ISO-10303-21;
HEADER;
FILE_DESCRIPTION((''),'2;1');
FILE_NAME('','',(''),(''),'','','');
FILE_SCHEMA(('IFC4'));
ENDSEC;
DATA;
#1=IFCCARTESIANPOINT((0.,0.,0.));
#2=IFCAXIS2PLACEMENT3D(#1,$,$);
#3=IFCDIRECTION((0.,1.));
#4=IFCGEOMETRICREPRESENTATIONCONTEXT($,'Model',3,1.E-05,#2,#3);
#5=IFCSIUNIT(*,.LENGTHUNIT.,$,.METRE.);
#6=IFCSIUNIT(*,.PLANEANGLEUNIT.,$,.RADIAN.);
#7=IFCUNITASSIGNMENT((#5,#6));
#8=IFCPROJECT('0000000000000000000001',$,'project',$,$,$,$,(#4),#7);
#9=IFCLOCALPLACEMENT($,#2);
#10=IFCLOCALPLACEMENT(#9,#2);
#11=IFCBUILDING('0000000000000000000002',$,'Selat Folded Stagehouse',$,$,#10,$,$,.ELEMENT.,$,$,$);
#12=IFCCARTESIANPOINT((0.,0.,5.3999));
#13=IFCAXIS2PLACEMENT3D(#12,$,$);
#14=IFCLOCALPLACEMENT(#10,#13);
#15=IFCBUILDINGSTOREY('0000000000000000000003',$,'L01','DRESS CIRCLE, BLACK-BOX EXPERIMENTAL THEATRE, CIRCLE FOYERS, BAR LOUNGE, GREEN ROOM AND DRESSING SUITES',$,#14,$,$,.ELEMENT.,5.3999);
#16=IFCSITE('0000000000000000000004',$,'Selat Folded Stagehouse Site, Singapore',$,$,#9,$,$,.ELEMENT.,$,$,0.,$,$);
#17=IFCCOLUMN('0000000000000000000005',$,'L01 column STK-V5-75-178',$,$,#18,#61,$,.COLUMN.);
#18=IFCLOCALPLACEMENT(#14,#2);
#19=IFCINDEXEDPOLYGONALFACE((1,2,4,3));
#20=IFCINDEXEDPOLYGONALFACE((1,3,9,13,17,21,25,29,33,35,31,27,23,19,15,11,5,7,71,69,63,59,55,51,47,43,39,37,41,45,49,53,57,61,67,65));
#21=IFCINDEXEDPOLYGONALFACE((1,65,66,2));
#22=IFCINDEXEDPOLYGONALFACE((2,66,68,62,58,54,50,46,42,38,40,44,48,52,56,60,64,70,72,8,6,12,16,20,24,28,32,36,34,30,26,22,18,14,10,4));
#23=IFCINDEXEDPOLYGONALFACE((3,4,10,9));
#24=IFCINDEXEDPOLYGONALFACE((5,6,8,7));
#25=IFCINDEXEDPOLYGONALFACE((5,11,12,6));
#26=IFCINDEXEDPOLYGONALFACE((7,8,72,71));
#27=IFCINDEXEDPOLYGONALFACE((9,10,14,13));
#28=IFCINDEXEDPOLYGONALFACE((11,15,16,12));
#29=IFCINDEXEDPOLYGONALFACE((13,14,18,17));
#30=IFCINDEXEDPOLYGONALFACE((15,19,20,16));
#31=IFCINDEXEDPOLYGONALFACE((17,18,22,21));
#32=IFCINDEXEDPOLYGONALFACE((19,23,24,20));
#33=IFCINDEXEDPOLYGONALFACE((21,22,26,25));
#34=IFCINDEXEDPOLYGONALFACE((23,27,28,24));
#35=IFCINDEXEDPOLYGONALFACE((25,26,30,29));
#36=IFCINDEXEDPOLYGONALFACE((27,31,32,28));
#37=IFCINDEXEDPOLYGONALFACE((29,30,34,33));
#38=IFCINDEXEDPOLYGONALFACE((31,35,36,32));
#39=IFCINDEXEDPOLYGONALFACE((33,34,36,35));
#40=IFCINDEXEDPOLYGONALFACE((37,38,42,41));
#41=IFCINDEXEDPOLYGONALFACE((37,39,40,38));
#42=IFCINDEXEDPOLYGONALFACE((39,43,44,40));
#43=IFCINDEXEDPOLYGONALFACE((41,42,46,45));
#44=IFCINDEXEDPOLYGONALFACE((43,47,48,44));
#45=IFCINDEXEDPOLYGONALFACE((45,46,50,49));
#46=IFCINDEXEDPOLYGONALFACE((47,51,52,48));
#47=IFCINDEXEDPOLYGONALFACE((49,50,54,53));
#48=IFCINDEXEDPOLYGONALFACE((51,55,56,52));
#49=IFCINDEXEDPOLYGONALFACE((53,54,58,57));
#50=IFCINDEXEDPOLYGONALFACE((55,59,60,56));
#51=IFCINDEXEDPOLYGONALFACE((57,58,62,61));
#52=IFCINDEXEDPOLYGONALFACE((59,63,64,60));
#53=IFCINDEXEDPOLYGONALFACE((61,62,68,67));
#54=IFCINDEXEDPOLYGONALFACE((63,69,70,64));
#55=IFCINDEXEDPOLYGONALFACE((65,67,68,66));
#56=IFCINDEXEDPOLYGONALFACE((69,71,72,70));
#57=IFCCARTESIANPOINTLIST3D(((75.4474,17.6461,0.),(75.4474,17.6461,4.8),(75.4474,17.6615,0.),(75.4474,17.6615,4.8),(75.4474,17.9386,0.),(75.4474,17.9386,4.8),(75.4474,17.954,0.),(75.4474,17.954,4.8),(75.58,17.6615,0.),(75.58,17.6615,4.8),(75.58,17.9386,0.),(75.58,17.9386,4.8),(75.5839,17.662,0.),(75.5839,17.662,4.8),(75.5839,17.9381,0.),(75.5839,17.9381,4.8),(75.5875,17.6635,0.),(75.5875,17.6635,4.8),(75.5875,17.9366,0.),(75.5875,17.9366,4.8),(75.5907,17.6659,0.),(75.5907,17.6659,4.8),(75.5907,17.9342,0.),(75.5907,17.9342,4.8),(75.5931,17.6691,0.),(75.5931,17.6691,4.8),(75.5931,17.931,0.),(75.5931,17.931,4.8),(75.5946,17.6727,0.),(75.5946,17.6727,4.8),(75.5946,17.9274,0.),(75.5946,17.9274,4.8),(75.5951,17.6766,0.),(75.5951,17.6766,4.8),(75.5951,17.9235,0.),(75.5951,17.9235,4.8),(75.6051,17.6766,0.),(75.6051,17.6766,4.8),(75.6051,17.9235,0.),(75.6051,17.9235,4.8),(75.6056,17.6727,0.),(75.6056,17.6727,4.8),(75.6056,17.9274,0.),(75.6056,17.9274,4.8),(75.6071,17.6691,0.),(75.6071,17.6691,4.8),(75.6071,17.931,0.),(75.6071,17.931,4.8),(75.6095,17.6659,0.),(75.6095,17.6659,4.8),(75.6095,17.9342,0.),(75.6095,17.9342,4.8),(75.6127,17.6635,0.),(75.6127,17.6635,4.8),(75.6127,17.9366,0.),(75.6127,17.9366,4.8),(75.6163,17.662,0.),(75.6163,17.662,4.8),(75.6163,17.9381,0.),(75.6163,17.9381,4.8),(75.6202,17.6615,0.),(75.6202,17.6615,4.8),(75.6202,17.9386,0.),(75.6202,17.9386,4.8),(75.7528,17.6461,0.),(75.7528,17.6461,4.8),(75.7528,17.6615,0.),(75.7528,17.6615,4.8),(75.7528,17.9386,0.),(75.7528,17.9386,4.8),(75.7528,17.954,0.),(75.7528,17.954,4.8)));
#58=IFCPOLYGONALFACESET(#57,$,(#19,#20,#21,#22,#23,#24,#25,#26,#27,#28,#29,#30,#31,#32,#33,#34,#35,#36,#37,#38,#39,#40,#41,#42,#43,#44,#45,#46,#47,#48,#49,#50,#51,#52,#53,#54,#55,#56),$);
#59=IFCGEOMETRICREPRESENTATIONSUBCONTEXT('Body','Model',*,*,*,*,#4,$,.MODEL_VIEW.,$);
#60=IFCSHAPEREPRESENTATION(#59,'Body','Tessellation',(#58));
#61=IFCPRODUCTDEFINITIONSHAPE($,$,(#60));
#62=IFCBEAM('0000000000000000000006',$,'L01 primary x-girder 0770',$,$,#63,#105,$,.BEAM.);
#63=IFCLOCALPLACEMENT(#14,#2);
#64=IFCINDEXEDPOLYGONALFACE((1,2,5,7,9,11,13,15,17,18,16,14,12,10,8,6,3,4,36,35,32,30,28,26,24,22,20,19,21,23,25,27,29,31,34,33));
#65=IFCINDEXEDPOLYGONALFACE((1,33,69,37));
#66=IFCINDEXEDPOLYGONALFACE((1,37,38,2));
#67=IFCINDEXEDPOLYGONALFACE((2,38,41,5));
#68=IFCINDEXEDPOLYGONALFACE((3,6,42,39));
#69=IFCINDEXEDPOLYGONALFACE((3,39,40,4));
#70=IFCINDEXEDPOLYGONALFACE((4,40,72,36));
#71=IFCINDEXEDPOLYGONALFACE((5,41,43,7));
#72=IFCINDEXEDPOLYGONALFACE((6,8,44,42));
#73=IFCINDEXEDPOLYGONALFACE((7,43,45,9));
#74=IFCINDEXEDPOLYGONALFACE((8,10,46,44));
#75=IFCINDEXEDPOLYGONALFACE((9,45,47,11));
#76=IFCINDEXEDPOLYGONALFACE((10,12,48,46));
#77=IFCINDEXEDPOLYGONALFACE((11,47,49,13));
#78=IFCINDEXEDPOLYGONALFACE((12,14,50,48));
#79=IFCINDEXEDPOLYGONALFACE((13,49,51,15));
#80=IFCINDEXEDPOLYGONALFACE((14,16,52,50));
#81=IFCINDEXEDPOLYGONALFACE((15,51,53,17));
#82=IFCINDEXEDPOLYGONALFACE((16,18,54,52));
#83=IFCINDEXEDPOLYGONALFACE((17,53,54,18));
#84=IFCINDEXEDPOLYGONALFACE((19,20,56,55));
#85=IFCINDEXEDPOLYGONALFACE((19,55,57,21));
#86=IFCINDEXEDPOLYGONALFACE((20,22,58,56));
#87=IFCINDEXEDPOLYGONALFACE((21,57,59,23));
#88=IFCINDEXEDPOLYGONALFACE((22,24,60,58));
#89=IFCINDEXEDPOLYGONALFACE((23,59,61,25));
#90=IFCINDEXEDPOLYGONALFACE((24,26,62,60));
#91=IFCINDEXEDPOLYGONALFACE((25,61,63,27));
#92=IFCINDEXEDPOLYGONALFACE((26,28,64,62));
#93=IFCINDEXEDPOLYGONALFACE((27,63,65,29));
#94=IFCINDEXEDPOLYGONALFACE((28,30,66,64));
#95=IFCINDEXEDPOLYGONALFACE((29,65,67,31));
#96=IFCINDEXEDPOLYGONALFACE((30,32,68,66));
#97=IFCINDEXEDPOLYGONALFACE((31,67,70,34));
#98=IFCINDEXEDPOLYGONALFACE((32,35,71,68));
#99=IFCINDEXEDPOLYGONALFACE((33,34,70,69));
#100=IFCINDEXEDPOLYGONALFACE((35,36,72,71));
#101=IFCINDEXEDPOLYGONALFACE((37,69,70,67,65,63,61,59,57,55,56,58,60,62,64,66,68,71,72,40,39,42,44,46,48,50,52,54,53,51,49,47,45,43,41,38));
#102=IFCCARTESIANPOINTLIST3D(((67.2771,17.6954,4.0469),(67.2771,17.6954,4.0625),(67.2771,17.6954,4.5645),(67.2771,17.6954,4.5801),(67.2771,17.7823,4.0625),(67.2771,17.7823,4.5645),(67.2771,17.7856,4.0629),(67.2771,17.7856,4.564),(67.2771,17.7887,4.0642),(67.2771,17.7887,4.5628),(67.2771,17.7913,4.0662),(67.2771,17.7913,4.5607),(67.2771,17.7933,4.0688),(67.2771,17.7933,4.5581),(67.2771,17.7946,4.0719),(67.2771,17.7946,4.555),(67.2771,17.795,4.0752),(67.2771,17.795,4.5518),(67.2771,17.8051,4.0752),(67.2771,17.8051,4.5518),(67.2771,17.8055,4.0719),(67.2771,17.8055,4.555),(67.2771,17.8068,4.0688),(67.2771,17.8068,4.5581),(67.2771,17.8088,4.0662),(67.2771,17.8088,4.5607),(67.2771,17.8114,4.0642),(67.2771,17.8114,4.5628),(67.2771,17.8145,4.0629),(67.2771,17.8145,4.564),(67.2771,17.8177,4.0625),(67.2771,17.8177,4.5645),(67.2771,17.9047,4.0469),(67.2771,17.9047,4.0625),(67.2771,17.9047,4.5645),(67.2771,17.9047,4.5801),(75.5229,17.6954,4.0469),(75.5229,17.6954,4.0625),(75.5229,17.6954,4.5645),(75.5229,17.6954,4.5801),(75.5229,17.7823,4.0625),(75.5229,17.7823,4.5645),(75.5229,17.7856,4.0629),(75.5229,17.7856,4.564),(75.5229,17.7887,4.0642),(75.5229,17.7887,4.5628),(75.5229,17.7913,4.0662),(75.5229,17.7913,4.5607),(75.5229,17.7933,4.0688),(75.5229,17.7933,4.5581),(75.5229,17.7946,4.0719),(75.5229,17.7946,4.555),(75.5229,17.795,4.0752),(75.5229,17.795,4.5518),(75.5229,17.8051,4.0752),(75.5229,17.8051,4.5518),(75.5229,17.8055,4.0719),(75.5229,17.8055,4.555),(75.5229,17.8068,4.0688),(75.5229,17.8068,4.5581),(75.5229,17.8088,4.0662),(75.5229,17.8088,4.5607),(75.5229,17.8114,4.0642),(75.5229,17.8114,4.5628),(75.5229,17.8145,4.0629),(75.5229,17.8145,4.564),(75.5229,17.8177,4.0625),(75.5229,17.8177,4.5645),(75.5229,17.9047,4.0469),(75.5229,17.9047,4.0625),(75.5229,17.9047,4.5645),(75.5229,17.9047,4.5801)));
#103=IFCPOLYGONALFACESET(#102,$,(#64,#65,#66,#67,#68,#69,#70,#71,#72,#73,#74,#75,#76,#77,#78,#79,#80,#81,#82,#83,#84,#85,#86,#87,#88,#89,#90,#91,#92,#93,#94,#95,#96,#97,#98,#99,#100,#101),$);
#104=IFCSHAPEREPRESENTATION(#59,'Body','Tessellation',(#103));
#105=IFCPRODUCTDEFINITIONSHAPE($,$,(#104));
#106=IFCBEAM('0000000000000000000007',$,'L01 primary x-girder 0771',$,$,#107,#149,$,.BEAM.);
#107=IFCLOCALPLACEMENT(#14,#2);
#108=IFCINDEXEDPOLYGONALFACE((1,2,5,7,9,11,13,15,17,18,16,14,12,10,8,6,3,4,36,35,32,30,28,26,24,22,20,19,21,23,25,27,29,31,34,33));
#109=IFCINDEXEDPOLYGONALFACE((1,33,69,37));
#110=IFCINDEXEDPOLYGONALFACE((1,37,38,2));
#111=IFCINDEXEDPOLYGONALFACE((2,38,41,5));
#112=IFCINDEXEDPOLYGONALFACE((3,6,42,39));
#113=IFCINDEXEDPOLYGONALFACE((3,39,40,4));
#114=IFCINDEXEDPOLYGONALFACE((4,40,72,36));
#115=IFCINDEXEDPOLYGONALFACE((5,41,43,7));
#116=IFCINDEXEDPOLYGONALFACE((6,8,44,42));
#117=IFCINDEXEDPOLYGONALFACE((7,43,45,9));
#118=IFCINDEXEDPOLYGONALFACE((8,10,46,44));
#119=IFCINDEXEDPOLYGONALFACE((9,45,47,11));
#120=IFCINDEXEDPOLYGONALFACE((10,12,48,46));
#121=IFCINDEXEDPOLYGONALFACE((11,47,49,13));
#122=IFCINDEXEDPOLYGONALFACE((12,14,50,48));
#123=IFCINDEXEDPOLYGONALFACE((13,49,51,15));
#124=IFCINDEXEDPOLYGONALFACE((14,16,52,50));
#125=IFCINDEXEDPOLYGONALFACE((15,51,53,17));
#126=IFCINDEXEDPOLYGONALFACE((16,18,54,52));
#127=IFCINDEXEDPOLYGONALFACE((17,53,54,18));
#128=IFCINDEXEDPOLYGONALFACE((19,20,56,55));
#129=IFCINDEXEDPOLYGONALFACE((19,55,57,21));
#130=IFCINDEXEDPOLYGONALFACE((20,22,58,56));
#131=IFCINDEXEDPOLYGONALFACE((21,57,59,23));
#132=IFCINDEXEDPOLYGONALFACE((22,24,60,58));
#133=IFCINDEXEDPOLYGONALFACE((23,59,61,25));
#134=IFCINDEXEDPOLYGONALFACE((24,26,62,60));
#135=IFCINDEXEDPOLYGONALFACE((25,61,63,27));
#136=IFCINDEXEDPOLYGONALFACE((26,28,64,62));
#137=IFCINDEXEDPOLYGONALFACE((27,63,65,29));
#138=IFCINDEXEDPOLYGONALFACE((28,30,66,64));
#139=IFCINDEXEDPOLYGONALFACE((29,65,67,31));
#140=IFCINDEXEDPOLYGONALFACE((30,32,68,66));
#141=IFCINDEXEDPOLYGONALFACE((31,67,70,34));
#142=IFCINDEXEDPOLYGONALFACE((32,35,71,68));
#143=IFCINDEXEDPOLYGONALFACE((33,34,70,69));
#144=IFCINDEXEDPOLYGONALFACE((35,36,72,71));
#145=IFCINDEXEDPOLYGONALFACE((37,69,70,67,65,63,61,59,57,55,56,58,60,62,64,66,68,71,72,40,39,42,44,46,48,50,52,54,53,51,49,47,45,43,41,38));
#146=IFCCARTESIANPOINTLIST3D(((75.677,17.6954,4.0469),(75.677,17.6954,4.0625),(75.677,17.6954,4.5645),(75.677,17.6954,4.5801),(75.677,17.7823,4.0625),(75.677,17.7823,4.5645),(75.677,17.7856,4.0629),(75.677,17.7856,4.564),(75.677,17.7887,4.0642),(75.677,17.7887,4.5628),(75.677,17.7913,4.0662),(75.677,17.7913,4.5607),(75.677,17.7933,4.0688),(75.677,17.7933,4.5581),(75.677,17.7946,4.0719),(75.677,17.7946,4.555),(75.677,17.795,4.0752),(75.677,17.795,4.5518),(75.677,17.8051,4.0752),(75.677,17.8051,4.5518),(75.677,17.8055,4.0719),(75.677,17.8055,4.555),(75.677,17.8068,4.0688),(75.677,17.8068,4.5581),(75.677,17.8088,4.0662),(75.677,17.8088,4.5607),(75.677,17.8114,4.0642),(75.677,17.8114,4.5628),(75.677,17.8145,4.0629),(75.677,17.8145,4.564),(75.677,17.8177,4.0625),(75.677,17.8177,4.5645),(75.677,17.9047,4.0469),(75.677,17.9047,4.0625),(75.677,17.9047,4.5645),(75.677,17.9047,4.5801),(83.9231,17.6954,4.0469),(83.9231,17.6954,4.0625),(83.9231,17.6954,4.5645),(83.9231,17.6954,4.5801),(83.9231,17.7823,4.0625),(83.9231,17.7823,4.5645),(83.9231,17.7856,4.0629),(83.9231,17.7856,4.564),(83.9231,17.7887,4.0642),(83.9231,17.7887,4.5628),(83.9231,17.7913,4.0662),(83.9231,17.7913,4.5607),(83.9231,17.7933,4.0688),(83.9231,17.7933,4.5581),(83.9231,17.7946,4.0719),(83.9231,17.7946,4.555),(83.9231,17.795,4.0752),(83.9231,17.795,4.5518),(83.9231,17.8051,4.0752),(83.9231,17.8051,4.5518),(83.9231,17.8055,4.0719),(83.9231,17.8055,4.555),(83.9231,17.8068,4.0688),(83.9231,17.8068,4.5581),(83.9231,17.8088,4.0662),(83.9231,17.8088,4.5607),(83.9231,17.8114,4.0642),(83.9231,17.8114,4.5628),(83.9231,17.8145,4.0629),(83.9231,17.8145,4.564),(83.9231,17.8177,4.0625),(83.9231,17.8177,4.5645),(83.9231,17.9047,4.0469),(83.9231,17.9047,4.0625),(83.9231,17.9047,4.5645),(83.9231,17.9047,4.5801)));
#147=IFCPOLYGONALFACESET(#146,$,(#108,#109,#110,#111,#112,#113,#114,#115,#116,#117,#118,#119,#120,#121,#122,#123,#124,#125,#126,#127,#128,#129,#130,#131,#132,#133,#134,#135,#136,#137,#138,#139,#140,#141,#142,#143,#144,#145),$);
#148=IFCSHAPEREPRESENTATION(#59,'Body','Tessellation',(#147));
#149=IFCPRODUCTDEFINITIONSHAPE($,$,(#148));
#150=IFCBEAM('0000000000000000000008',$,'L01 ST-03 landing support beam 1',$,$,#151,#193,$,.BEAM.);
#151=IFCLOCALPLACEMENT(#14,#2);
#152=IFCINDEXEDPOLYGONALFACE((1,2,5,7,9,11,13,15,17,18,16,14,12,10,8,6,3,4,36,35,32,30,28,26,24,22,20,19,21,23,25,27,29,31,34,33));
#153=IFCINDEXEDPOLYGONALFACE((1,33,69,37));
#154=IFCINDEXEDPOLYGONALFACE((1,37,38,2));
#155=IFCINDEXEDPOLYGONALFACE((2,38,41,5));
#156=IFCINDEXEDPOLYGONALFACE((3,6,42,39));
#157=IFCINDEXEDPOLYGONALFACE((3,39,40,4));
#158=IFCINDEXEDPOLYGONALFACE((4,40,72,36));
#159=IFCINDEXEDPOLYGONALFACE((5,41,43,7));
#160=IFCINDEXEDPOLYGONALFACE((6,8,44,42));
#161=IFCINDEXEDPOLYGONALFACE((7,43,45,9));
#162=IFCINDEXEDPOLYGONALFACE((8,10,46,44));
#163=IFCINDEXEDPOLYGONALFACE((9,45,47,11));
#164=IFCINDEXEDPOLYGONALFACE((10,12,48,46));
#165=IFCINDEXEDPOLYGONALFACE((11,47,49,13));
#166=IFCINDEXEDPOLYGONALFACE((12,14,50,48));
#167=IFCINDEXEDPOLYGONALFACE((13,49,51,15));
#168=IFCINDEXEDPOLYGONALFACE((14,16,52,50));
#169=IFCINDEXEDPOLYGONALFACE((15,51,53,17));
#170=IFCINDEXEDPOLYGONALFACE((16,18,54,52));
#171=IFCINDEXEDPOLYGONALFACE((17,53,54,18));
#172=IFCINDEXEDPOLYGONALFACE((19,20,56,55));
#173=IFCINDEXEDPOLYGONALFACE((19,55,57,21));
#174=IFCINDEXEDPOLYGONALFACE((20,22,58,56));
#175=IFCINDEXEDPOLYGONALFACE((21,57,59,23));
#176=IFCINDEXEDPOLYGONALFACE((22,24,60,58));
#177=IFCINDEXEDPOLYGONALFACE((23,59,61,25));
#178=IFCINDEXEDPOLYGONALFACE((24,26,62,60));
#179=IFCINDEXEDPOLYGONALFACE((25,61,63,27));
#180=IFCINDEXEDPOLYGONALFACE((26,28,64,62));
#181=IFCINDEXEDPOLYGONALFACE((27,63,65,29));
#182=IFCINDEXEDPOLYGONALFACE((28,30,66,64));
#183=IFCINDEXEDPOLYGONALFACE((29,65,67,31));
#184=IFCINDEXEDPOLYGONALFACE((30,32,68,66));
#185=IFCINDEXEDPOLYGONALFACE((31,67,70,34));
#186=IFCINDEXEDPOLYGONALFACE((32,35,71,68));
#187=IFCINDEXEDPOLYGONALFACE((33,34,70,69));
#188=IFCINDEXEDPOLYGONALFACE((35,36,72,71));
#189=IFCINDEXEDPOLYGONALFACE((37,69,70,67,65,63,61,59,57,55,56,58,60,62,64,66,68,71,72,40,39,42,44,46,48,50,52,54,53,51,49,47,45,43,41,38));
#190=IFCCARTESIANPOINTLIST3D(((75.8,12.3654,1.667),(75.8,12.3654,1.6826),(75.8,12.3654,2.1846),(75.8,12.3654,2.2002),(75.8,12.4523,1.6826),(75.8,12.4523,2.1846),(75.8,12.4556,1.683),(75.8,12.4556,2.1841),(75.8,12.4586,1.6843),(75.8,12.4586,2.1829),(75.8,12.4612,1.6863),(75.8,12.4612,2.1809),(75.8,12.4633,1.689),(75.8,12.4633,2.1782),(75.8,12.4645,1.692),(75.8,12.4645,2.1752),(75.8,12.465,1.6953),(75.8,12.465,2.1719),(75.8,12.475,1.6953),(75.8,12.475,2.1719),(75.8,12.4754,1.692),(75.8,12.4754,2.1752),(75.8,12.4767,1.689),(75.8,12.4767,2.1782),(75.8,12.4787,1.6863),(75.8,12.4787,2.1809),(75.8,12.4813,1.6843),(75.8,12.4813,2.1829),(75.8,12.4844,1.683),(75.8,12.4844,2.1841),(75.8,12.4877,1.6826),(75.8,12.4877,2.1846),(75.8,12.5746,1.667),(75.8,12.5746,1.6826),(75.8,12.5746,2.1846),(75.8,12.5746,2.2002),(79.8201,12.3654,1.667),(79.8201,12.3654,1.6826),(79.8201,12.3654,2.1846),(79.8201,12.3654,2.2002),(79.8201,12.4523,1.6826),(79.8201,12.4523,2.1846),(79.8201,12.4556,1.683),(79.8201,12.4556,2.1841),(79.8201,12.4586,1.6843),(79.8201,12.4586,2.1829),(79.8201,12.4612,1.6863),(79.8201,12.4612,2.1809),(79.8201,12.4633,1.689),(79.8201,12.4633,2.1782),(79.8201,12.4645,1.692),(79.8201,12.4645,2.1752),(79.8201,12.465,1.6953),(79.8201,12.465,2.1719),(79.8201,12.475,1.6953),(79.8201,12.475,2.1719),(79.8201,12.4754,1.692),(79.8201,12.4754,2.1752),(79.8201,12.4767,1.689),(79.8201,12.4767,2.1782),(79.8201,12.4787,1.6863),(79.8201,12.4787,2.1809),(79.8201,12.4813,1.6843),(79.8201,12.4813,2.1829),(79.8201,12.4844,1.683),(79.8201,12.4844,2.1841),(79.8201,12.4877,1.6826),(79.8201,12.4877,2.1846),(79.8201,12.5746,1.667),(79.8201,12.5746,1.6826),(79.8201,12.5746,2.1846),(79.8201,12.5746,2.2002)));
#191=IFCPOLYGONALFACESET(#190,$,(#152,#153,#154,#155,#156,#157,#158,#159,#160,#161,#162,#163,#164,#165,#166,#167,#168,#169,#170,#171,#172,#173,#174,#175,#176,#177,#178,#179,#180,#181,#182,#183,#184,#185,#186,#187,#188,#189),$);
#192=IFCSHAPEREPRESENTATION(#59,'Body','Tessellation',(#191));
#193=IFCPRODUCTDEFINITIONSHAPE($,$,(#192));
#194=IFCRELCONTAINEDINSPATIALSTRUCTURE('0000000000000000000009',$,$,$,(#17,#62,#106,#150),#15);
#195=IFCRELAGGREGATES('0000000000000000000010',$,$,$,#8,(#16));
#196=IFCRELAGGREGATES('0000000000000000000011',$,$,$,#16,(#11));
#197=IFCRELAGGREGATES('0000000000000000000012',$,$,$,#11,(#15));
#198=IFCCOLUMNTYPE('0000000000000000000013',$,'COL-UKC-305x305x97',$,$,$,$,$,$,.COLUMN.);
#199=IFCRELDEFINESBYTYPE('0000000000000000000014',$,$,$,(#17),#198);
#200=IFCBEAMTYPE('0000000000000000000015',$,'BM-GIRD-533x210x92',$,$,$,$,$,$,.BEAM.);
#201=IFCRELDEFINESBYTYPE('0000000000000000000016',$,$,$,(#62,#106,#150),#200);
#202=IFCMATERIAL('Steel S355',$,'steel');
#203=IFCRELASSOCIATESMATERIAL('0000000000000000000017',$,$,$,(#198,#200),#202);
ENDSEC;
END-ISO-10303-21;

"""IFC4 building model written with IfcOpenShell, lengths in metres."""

from ifc_helpers import new_model, si_unit, direction, frame, origin, origin_2d, place, context, subcontext, project, spatial, i_section, extrude, material, material_profile, profile_set, type_object, element, save


model = new_model("IFC4")

# Units and contexts
model_context = context("Model", 3, precision=1e-05, world=origin(), true_north=direction((0.0, 1.0)))
body_context = subcontext(model_context, "Body", "Model", "MODEL_VIEW")
ifc_project = project(units=[si_unit("LENGTHUNIT", "METRE"), si_unit("PLANEANGLEUNIT", "RADIAN")], contexts=[model_context])

# Site, building, storey
site_placement = place(None, origin())
site = spatial("IfcSite", under=ifc_project, at=site_placement, Name="Selat Folded Stagehouse Site, Singapore", CompositionType="ELEMENT", RefElevation=0.0)
building_placement = place(site_placement, origin())
building = spatial("IfcBuilding", under=site, at=building_placement, Name="Selat Folded Stagehouse", CompositionType="ELEMENT")
storey_placement = place(building_placement, frame((0.0, 0.0, 5.3999)))
storey = spatial("IfcBuildingStorey", under=building, at=storey_placement, Name="L01", Description="DRESS CIRCLE, BLACK-BOX EXPERIMENTAL THEATRE, CIRCLE FOYERS, BAR LOUNGE, GREEN ROOM AND DRESSING SUITES", CompositionType="ELEMENT", Elevation=5.3999)

# Column
ifc_material_1 = material(Name="Steel S355", Category="steel")
ifc_material_profile_1 = material_profile(ifc_material_1, i_section(OverallWidth=0.3054, OverallDepth=0.3079, WebThickness=0.01, FlangeThickness=0.0154, FilletRadius=0.0151, at=origin_2d()), Name="UKC 305x305x97")
ifc_profile_set_1 = profile_set([ifc_material_profile_1], Name="Steel S355")
column_type = type_object("IfcColumnType", Name="COL-UKC-305x305x97", PredefinedType="COLUMN", material=ifc_profile_set_1)
column_placement = place(storey_placement, frame((75.6001, 17.8, 0.0), z_axis=(0.0, 0.0, 1.0), x_axis=(1.0, 0.0, 0.0)))
element("IfcColumn", 1, at=column_placement, inside=storey, type_object=column_type, Name="L01 column STK-V5-75-178", PredefinedType="COLUMN", context=body_context, shape_type="SweptSolid", body=[
    extrude(i_section(OverallWidth=0.3054, OverallDepth=0.3079, WebThickness=0.01, FlangeThickness=0.0154, FilletRadius=0.0151, at=origin_2d()), origin(), (0.0, 0.0, 1.0), 4.8),
])

# Beams
ifc_material_profile_2 = material_profile(ifc_material_1, i_section(OverallWidth=0.2092, OverallDepth=0.5332, WebThickness=0.01, FlangeThickness=0.0156, FilletRadius=0.0127, at=origin_2d()), Name="UKB 533x210x92")
ifc_profile_set_2 = profile_set([ifc_material_profile_2], Name="Steel S355")
beam_type_1 = type_object("IfcBeamType", Name="BM-GIRD-533x210x92", PredefinedType="BEAM", material=ifc_profile_set_2)
beam_1_placement = place(storey_placement, frame((67.2771, 17.8, 4.3135), z_axis=(1.0, 0.0, 0.0), x_axis=(0.0, 1.0, 0.0)))
element("IfcBeam", 2, at=beam_1_placement, inside=storey, type_object=beam_type_1, Name="L01 primary x-girder 0770", PredefinedType="BEAM", context=body_context, shape_type="SweptSolid", body=[
    extrude(i_section(OverallWidth=0.2092, OverallDepth=0.5332, WebThickness=0.01, FlangeThickness=0.0156, FilletRadius=0.0127, at=origin_2d()), origin(), (0.0, 0.0, 1.0), 8.2458),
])
beam_2_placement = place(storey_placement, frame((75.677, 17.8, 4.3135), z_axis=(1.0, 0.0, 0.0), x_axis=(0.0, 1.0, 0.0)))
element("IfcBeam", 3, at=beam_2_placement, inside=storey, type_object=beam_type_1, Name="L01 primary x-girder 0771", PredefinedType="BEAM", context=body_context, shape_type="SweptSolid", body=[
    extrude(i_section(OverallWidth=0.2092, OverallDepth=0.5332, WebThickness=0.01, FlangeThickness=0.0156, FilletRadius=0.0127, at=origin_2d()), origin(), (0.0, 0.0, 1.0), 8.2461),
])
for number, where, z_axis, x_axis, name in (
    (4, (75.8, 12.47, 1.9336), (1.0, 0.0, 0.0), (0.0, 1.0, 0.0), "L01 ST-03 landing support beam 1"),
):
    element("IfcBeam", number, at=place(storey_placement, frame(where, z_axis=z_axis, x_axis=x_axis)), inside=storey, type_object=beam_type_1, Name=name, PredefinedType="BEAM", context=body_context, shape_type="SweptSolid", body=[
        extrude(i_section(OverallWidth=0.2092, OverallDepth=0.5332, WebThickness=0.01, FlangeThickness=0.0156, FilletRadius=0.0127, at=origin_2d()), origin(), (0.0, 0.0, 1.0), 4.02),
    ])

save(model, "model.ifc")
